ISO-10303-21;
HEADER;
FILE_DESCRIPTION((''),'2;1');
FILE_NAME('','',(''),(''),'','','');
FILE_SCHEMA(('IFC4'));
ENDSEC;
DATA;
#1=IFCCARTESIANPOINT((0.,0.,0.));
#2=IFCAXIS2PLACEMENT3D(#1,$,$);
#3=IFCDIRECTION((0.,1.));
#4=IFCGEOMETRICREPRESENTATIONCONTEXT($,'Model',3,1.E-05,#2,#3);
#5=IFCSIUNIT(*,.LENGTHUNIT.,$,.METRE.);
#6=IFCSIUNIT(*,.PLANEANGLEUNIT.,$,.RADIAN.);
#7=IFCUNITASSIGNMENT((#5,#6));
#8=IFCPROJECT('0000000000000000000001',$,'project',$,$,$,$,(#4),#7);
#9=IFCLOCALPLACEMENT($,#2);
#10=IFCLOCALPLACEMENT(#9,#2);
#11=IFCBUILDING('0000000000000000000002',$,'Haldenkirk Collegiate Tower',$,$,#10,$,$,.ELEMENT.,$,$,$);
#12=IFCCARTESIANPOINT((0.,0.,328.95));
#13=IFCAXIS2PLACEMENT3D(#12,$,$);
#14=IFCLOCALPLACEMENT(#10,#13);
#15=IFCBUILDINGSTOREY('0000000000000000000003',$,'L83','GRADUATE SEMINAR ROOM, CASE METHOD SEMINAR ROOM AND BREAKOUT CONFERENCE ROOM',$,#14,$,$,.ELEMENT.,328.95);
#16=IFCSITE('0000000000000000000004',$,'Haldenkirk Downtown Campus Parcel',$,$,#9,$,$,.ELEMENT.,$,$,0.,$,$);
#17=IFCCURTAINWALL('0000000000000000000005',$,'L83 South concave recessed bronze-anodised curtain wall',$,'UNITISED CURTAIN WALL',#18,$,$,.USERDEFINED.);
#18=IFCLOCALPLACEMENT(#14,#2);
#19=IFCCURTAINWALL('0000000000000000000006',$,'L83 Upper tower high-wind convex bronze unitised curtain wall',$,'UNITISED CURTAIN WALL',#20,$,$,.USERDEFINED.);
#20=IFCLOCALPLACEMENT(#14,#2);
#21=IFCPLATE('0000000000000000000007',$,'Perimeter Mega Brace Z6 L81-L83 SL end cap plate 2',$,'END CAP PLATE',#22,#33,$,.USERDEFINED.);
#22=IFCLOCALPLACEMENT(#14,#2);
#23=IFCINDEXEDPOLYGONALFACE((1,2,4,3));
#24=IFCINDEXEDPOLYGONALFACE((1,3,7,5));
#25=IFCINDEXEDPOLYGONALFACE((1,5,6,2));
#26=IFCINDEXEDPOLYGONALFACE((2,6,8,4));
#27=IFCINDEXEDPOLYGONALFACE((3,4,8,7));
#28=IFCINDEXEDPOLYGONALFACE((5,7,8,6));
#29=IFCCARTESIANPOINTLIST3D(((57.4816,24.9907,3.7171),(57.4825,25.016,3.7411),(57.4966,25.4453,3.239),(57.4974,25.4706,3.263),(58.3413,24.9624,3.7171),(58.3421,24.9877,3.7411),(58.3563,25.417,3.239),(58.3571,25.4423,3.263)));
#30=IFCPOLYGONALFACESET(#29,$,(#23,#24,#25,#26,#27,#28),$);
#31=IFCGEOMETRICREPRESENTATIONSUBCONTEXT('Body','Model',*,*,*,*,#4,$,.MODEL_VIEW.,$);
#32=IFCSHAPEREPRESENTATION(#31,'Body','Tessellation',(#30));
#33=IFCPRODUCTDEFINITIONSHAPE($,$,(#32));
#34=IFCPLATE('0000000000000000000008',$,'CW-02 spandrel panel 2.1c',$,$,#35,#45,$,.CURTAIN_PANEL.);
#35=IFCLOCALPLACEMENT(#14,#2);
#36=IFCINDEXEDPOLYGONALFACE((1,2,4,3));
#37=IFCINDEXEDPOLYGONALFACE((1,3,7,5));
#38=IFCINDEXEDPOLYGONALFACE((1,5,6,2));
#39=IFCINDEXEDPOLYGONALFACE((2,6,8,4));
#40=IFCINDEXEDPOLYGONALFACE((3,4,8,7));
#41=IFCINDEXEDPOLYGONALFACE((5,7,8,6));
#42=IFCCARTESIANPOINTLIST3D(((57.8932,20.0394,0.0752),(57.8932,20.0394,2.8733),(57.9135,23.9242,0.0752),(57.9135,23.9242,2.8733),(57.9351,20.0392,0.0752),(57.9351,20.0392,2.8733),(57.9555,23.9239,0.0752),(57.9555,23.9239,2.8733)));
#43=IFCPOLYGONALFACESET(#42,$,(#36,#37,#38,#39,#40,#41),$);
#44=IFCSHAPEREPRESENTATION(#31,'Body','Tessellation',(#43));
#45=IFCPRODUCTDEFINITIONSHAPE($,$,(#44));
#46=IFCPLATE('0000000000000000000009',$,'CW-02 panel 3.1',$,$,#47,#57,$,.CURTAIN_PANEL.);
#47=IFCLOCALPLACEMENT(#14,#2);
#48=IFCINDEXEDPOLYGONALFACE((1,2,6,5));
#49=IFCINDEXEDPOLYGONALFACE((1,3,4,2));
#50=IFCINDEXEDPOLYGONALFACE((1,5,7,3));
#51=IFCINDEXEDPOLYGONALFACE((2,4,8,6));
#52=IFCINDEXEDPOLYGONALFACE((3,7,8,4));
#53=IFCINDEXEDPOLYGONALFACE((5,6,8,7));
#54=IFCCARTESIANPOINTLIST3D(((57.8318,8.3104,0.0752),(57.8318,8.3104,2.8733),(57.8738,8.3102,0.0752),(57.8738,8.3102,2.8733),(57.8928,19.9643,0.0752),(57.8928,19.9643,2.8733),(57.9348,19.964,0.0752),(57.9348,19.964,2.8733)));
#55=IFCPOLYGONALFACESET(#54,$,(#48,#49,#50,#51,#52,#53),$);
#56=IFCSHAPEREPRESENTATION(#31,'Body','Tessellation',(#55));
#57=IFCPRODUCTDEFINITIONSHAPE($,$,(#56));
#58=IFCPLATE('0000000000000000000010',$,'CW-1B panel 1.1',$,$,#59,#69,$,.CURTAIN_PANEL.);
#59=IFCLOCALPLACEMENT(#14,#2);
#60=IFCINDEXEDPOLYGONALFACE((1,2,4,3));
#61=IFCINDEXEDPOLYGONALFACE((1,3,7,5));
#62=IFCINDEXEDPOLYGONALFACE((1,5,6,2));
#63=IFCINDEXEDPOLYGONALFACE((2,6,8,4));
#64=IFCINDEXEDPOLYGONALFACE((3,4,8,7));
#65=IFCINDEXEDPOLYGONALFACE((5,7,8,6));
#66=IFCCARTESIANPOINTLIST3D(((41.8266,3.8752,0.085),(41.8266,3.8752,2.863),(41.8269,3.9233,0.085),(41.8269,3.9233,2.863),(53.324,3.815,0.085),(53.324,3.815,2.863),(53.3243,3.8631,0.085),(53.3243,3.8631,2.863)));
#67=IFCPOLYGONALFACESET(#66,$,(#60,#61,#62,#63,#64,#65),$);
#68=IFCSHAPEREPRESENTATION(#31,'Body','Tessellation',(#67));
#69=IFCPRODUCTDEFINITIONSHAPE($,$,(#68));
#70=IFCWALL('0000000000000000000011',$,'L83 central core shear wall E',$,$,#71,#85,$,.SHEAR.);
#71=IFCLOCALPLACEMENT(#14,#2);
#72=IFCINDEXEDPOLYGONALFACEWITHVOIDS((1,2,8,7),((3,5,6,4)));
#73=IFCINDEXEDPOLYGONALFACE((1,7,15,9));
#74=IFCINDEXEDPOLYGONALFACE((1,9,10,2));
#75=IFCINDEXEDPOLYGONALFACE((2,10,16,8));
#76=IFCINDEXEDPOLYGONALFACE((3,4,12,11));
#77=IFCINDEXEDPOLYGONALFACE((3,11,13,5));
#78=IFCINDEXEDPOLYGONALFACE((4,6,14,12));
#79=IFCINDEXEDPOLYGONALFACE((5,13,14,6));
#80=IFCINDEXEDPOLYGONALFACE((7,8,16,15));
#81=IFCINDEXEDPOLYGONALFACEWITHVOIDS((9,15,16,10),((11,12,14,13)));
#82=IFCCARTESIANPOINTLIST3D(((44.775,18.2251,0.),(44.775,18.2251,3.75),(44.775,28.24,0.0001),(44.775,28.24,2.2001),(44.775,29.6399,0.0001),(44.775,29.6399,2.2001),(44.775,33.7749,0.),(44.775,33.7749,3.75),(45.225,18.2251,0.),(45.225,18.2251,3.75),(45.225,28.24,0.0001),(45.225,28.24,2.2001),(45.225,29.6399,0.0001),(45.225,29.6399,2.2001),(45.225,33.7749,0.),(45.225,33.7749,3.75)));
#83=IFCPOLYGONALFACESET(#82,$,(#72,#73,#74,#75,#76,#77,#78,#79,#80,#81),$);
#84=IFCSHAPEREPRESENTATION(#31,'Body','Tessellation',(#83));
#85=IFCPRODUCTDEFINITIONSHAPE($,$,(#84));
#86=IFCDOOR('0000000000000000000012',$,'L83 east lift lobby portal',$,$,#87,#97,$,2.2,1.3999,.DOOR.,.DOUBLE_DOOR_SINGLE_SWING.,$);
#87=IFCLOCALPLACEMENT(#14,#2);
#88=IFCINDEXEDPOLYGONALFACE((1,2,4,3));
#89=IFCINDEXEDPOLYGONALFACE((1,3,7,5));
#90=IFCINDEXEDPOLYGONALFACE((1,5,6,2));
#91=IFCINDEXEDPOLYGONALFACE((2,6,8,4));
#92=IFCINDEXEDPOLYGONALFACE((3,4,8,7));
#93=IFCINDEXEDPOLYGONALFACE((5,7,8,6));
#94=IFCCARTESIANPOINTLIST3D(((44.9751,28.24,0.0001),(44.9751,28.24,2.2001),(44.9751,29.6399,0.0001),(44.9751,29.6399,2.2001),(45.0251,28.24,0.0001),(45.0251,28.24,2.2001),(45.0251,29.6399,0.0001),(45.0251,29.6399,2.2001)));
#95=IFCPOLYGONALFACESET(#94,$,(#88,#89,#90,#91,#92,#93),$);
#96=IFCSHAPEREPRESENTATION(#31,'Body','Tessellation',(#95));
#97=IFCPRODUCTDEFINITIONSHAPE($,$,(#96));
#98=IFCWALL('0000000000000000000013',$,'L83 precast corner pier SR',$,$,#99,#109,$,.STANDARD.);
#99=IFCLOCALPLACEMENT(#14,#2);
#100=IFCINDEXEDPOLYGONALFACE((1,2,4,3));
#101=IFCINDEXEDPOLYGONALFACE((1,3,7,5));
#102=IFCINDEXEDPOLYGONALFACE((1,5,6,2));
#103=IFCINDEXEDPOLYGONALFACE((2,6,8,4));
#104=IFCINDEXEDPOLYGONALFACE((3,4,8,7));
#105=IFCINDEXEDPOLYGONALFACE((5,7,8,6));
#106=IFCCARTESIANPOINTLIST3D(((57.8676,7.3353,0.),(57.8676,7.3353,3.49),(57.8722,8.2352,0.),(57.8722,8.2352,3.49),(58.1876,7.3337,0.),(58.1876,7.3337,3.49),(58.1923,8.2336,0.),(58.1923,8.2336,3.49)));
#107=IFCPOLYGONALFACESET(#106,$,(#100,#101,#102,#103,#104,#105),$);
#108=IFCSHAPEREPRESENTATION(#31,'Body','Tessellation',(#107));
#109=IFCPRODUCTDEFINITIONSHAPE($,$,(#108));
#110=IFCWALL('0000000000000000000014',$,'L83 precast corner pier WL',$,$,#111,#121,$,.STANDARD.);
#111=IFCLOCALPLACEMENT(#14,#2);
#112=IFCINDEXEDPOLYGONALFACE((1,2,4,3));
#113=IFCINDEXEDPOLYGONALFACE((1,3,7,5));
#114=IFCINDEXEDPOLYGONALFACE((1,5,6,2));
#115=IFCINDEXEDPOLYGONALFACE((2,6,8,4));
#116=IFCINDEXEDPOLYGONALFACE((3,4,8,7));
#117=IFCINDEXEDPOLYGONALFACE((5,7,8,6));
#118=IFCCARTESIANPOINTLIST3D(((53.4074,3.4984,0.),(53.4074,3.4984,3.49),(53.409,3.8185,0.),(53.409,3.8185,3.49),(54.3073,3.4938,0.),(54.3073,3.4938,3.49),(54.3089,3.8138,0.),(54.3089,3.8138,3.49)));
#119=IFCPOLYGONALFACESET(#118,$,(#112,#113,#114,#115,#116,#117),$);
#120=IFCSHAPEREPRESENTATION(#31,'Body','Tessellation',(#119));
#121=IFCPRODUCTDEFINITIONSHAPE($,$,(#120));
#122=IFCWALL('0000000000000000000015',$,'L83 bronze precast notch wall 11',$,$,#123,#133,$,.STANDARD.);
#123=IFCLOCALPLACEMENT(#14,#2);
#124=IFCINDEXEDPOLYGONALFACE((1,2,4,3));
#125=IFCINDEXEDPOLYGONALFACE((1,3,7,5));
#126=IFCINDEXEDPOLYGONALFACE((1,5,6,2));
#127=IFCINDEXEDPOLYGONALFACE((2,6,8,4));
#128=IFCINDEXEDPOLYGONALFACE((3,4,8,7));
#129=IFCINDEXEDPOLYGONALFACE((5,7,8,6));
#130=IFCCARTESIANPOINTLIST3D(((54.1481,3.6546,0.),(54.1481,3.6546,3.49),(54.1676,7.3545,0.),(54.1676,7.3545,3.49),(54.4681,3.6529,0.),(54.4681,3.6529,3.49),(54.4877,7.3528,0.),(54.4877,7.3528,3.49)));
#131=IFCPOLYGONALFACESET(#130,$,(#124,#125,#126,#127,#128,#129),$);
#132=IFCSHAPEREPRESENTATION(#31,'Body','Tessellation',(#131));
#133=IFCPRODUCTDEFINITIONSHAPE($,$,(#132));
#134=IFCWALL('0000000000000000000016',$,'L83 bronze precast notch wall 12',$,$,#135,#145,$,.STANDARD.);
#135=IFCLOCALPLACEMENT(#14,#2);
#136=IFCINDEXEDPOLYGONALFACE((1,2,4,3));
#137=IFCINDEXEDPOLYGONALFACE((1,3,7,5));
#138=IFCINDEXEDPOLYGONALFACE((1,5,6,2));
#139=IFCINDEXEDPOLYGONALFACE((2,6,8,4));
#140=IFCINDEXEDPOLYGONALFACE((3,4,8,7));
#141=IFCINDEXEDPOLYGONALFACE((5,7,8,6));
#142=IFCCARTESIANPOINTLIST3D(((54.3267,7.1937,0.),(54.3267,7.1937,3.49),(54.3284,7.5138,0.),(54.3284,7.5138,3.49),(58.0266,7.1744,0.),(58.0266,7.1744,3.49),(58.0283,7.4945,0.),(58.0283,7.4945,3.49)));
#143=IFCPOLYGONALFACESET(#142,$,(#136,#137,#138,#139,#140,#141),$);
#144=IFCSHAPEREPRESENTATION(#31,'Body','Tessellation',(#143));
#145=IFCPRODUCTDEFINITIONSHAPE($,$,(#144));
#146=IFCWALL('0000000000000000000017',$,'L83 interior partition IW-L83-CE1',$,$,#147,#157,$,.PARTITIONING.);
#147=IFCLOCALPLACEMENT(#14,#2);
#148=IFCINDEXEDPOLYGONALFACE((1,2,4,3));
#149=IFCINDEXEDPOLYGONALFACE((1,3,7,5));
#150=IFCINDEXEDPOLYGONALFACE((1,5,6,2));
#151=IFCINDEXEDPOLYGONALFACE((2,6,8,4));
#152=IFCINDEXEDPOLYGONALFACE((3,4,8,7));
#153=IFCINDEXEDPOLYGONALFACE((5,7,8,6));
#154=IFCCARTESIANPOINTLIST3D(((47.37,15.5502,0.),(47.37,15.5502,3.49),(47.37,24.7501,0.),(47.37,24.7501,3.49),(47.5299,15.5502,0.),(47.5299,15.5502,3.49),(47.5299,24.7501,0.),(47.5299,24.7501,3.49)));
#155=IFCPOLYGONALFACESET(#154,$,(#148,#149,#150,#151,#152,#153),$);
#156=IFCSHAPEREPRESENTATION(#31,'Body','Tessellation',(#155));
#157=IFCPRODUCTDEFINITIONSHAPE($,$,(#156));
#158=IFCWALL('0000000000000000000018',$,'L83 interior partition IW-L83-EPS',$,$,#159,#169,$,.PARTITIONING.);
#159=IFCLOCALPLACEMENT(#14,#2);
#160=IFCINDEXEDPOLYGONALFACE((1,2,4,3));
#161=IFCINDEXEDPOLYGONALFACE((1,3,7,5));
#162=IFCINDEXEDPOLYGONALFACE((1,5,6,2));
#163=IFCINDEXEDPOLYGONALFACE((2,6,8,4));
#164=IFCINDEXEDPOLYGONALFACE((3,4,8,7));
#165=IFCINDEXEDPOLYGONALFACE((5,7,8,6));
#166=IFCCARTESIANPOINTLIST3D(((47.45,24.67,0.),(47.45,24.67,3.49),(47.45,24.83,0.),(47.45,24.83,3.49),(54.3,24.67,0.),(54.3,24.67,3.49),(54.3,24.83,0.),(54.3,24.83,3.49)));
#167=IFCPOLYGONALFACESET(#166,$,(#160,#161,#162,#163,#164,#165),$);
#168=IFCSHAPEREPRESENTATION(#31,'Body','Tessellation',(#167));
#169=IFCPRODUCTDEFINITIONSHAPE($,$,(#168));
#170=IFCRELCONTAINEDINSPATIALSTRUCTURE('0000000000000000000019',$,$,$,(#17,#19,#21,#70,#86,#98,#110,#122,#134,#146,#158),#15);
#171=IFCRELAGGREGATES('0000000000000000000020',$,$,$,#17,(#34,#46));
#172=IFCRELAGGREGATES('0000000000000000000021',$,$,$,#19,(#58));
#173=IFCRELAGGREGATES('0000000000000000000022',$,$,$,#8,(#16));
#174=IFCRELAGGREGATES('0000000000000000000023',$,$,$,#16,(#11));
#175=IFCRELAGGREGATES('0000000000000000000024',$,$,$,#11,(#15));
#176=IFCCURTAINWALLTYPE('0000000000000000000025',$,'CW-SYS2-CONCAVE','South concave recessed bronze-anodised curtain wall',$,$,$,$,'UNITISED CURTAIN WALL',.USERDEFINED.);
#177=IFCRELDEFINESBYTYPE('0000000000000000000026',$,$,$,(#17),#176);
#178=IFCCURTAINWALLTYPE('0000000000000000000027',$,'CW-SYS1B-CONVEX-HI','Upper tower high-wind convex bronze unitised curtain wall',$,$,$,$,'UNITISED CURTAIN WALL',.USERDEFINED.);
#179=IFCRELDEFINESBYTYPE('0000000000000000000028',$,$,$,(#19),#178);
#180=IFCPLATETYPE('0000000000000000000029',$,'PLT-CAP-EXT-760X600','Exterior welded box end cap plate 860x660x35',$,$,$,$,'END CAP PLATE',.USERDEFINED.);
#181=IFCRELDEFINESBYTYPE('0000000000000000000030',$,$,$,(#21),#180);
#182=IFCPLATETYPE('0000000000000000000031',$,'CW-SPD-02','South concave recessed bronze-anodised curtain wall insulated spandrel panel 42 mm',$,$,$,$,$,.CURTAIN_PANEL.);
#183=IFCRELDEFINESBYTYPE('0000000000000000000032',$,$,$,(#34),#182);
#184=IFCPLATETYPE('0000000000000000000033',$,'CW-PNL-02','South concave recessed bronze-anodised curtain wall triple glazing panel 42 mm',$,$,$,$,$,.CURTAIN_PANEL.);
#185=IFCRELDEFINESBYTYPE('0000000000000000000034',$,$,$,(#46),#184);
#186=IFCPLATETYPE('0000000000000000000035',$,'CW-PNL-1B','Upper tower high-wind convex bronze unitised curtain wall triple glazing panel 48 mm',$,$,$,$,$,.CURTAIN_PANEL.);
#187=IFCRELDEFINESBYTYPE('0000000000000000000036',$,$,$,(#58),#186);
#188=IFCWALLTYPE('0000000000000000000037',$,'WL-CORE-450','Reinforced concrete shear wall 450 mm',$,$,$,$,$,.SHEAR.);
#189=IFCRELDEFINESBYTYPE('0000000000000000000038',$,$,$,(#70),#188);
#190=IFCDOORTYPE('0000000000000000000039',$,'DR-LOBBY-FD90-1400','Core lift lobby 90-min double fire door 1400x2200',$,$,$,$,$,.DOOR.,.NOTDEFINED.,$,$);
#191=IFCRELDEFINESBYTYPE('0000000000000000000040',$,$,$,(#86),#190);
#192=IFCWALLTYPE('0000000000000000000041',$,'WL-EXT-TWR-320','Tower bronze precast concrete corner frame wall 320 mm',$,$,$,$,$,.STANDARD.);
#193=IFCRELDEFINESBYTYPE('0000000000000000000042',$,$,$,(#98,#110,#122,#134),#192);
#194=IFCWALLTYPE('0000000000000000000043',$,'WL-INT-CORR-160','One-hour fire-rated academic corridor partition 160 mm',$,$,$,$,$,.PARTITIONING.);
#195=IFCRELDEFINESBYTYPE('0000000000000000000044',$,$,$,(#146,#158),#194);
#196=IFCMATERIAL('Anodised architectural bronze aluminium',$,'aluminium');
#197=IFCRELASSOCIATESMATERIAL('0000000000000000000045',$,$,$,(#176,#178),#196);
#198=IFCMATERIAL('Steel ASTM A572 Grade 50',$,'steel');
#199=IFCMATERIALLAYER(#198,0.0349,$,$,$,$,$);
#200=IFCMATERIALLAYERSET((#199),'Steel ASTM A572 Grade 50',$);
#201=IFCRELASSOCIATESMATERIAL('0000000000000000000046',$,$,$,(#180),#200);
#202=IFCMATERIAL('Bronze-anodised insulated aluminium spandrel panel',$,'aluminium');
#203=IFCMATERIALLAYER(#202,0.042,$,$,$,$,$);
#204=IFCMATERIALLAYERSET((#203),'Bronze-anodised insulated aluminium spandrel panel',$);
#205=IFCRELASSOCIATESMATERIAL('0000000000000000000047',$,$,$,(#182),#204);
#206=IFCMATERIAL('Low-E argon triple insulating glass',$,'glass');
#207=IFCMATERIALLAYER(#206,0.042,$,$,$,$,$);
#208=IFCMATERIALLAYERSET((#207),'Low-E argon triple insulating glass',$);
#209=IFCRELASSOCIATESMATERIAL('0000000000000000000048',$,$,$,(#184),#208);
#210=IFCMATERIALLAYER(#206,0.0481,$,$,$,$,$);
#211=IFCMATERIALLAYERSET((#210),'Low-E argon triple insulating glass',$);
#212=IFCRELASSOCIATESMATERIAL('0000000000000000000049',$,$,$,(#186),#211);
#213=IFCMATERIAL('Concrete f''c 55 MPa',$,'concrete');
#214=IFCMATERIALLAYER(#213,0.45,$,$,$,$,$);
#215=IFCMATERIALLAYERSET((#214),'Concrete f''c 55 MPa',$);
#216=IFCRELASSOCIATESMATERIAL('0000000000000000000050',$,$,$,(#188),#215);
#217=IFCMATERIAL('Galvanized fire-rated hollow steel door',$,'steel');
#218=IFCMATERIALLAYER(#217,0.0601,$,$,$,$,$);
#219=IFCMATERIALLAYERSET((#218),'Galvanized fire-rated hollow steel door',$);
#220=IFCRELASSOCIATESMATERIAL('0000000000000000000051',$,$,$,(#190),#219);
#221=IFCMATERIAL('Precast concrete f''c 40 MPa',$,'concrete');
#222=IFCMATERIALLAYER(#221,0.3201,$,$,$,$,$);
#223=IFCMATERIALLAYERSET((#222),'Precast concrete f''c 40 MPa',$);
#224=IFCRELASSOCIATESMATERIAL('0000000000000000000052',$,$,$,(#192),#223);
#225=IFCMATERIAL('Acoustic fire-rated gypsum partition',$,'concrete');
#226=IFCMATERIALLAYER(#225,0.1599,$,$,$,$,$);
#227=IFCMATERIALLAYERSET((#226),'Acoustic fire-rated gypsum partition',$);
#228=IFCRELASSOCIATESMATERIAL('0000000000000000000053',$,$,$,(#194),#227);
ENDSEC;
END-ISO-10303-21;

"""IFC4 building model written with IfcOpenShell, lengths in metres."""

from ifc_helpers import new_model, si_unit, direction, frame, frame_2d, origin, origin_2d, place, context, subcontext, project, spatial, rectangle, extrude, source, transform, mapped, material, layer, layer_set, type_object, element, fill, aggregate, save


model = new_model("IFC4")

# Units and contexts
model_context = context("Model", 3, precision=1e-05, world=origin(), true_north=direction((0.0, 1.0)))
body_context = subcontext(model_context, "Body", "Model", "MODEL_VIEW")
ifc_project = project(units=[si_unit("LENGTHUNIT", "METRE"), si_unit("PLANEANGLEUNIT", "RADIAN")], contexts=[model_context])

# Site, building, storey
site_placement = place(None, origin())
site = spatial("IfcSite", under=ifc_project, at=site_placement, Name="Haldenkirk Downtown Campus Parcel", CompositionType="ELEMENT", RefElevation=0.0)
building_placement = place(site_placement, origin())
building = spatial("IfcBuilding", under=site, at=building_placement, Name="Haldenkirk Collegiate Tower", CompositionType="ELEMENT")
storey_placement = place(building_placement, frame((0.0, 0.0, 328.95)))
storey = spatial("IfcBuildingStorey", under=building, at=storey_placement, Name="L83", Description="GRADUATE SEMINAR ROOM, CASE METHOD SEMINAR ROOM AND BREAKOUT CONFERENCE ROOM", CompositionType="ELEMENT", Elevation=328.95)

# Shared definitions
ifc_material_1 = material(Name="Steel ASTM A572 Grade 50", Category="steel")

# Curtain wall
ifc_material_2 = material(Name="Anodised architectural bronze aluminium", Category="aluminium")
curtain_wall_type_1 = type_object("IfcCurtainWallType", Name="CW-SYS2-CONCAVE", Description="South concave recessed bronze-anodised curtain wall", ElementType="UNITISED CURTAIN WALL", PredefinedType="USERDEFINED", material=ifc_material_2)
curtain_wall_1_placement = place(storey_placement, origin())
curtain_wall_1 = element("IfcCurtainWall", 1, at=curtain_wall_1_placement, inside=storey, type_object=curtain_wall_type_1, Name="L83 South concave recessed bronze-anodised curtain wall", ObjectType="UNITISED CURTAIN WALL", PredefinedType="USERDEFINED")

# Curtain wall
curtain_wall_type_2 = type_object("IfcCurtainWallType", Name="CW-SYS1B-CONVEX-HI", Description="Upper tower high-wind convex bronze unitised curtain wall", ElementType="UNITISED CURTAIN WALL", PredefinedType="USERDEFINED", material=ifc_material_2)
curtain_wall_2_placement = place(storey_placement, origin())
curtain_wall_2 = element("IfcCurtainWall", 2, at=curtain_wall_2_placement, inside=storey, type_object=curtain_wall_type_2, Name="L83 Upper tower high-wind convex bronze unitised curtain wall", ObjectType="UNITISED CURTAIN WALL", PredefinedType="USERDEFINED")

# Plates
ifc_layer_1 = layer(ifc_material_1, 0.0349)
ifc_layer_set_1 = layer_set([ifc_layer_1], Name="Steel ASTM A572 Grade 50")
plate_type_1 = type_object("IfcPlateType", Name="PLT-CAP-EXT-760X600", Description="Exterior welded box end cap plate 860x660x35", ElementType="END CAP PLATE", PredefinedType="USERDEFINED", material=ifc_layer_set_1)
shared_shape_1 = source(origin(), body_context, "Body", "SweptSolid", [
    extrude(rectangle(XDim=0.8601, YDim=0.6599, at=origin_2d()), origin(), (0.0, 0.0, 1.0), 0.0349),
])
plate_1_placement = place(storey_placement, frame((57.9189, 25.2039, 3.478), z_axis=(0.023845, 0.724118, 0.689263), x_axis=(-0.999458, 0.032912, 0.0)))
element("IfcPlate", 3, at=plate_1_placement, inside=storey, type_object=plate_type_1, Name="Perimeter Mega Brace Z6 L81-L83 SL end cap plate 2", ObjectType="END CAP PLATE", PredefinedType="USERDEFINED", context=body_context, shape_type="MappedRepresentation", body=[
    mapped(shared_shape_1, transform((0.0, 0.0, 0.0), x_axis=(1.0, 0.0, 0.0), y_axis=(0.0, 1.0, 0.0), z_axis=(0.0, 0.0, 1.0), scale=1.0)),
])
ifc_material_3 = material(Name="Bronze-anodised insulated aluminium spandrel panel", Category="aluminium")
ifc_layer_2 = layer(ifc_material_3, 0.042)
ifc_layer_set_2 = layer_set([ifc_layer_2], Name="Bronze-anodised insulated aluminium spandrel panel")
plate_type_2 = type_object("IfcPlateType", Name="CW-SPD-02", Description="South concave recessed bronze-anodised curtain wall insulated spandrel panel 42 mm", PredefinedType="CURTAIN_PANEL", material=ifc_layer_set_2)
shared_shape_2 = source(origin(), body_context, "Body", "SweptSolid", [
    extrude(rectangle(XDim=3.8848, YDim=0.042, at=origin_2d()), origin(), (0.0, 0.0, 1.0), 2.7981),
])
plate_2_placement = place(storey_placement, frame((57.9243, 21.9817, 0.0752), z_axis=(0.0, 0.0, 1.0), x_axis=(-0.005235, -0.999986, 0.0)))
plate_2 = element("IfcPlate", 4, at=plate_2_placement, type_object=plate_type_2, Name="CW-02 spandrel panel 2.1c", PredefinedType="CURTAIN_PANEL", context=body_context, shape_type="MappedRepresentation", body=[
    mapped(shared_shape_2, transform((0.0, 0.0, 0.0), x_axis=(1.0, 0.0, 0.0), y_axis=(0.0, 1.0, 0.0), z_axis=(0.0, 0.0, 1.0), scale=1.0)),
])
ifc_material_4 = material(Name="Low-E argon triple insulating glass", Category="glass")
ifc_layer_3 = layer(ifc_material_4, 0.042)
ifc_layer_set_3 = layer_set([ifc_layer_3], Name="Low-E argon triple insulating glass")
plate_type_3 = type_object("IfcPlateType", Name="CW-PNL-02", Description="South concave recessed bronze-anodised curtain wall triple glazing panel 42 mm", PredefinedType="CURTAIN_PANEL", material=ifc_layer_set_3)
shared_shape_3 = source(origin(), body_context, "Body", "SweptSolid", [
    extrude(rectangle(XDim=11.6541, YDim=0.042, at=origin_2d()), origin(), (0.0, 0.0, 1.0), 2.7981),
])
plate_3_placement = place(storey_placement, frame((57.8833, 14.1372, 0.0752), z_axis=(0.0, 0.0, 1.0), x_axis=(-0.005235, -0.999986, 0.0)))
plate_3 = element("IfcPlate", 5, at=plate_3_placement, type_object=plate_type_3, Name="CW-02 panel 3.1", PredefinedType="CURTAIN_PANEL", context=body_context, shape_type="MappedRepresentation", body=[
    mapped(shared_shape_3, transform((0.0, 0.0, 0.0), x_axis=(1.0, 0.0, 0.0), y_axis=(0.0, 1.0, 0.0), z_axis=(0.0, 0.0, 1.0), scale=1.0)),
])
aggregate(curtain_wall_1, [plate_2, plate_3])
ifc_layer_4 = layer(ifc_material_4, 0.0481)
ifc_layer_set_4 = layer_set([ifc_layer_4], Name="Low-E argon triple insulating glass")
plate_type_4 = type_object("IfcPlateType", Name="CW-PNL-1B", Description="Upper tower high-wind convex bronze unitised curtain wall triple glazing panel 48 mm", PredefinedType="CURTAIN_PANEL", material=ifc_layer_set_4)
shared_shape_4 = source(origin(), body_context, "Body", "SweptSolid", [
    extrude(rectangle(XDim=11.4976, YDim=0.0481, at=origin_2d()), origin(), (0.0, 0.0, 1.0), 2.7781),
])
plate_4_placement = place(storey_placement, frame((47.5754, 3.8691, 0.085), z_axis=(0.0, 0.0, 1.0), x_axis=(-0.999986, 0.005239, 0.0)))
plate_4 = element("IfcPlate", 6, at=plate_4_placement, type_object=plate_type_4, Name="CW-1B panel 1.1", PredefinedType="CURTAIN_PANEL", context=body_context, shape_type="MappedRepresentation", body=[
    mapped(shared_shape_4, transform((0.0, 0.0, 0.0), x_axis=(1.0, 0.0, 0.0), y_axis=(0.0, 1.0, 0.0), z_axis=(0.0, 0.0, 1.0), scale=1.0)),
])
aggregate(curtain_wall_2, [plate_4])

# Wall, opening, door
ifc_material_5 = material(Name="Concrete f'c 55 MPa", Category="concrete")
ifc_layer_5 = layer(ifc_material_5, 0.45)
ifc_layer_set_5 = layer_set([ifc_layer_5], Name="Concrete f'c 55 MPa")
wall_type_1 = type_object("IfcWallType", Name="WL-CORE-450", Description="Reinforced concrete shear wall 450 mm", PredefinedType="SHEAR", material=ifc_layer_set_5)
wall_1_placement = place(storey_placement, frame((45.0, 18.2251, 0.0), z_axis=(0.0, 0.0, 1.0), x_axis=(0.0, 1.0, 0.0)))
wall_1 = element("IfcWall", 7, at=wall_1_placement, inside=storey, type_object=wall_type_1, Name="L83 central core shear wall E", PredefinedType="SHEAR", context=body_context, shape_type="SweptSolid", body=[
    extrude(rectangle(XDim=15.5498, YDim=0.45, at=frame_2d((7.7749, 0.0))), origin(), (0.0, 0.0, 1.0), 3.75),
])
opening_1_placement = place(wall_1_placement, frame((10.0149, 0.0, 0.0)))
opening_1 = element("IfcOpeningElement", 8, at=opening_1_placement, cuts=wall_1, PredefinedType="OPENING", context=body_context, shape_type="SweptSolid", body=[
    extrude(rectangle(XDim=1.3999, YDim=2.2, at=frame_2d((0.7, 1.1001))), frame((0.0, 0.2349, 0.0), z_axis=(0.0, -1.0, 0.0), x_axis=(1.0, 0.0, 0.0)), (0.0, 0.0, 1.0), 0.47),
])
ifc_material_6 = material(Name="Galvanized fire-rated hollow steel door", Category="steel")
ifc_layer_6 = layer(ifc_material_6, 0.0601)
ifc_layer_set_6 = layer_set([ifc_layer_6], Name="Galvanized fire-rated hollow steel door")
door_type_1 = type_object("IfcDoorType", Name="DR-LOBBY-FD90-1400", Description="Core lift lobby 90-min double fire door 1400x2200", OperationType="NOTDEFINED", PredefinedType="DOOR", material=ifc_layer_set_6)
door_1_placement = place(opening_1_placement, origin())
door_1 = element("IfcDoor", 9, at=door_1_placement, inside=storey, type_object=door_type_1, Name="L83 east lift lobby portal", OperationType="DOUBLE_DOOR_SINGLE_SWING", OverallHeight=2.2, OverallWidth=1.3999, PredefinedType="DOOR", context=body_context, shape_type="SweptSolid", body=[
    extrude(rectangle(XDim=1.3999, YDim=2.2, at=frame_2d((0.7, 1.1001))), frame((0.0, 0.0249, 0.0), z_axis=(0.0, -1.0, 0.0), x_axis=(1.0, 0.0, 0.0)), (0.0, 0.0, 1.0), 0.05),
])
fill(opening_1, door_1)

# Walls
ifc_material_7 = material(Name="Precast concrete f'c 40 MPa", Category="concrete")
ifc_layer_7 = layer(ifc_material_7, 0.3201)
ifc_layer_set_7 = layer_set([ifc_layer_7], Name="Precast concrete f'c 40 MPa")
wall_type_2 = type_object("IfcWallType", Name="WL-EXT-TWR-320", Description="Tower bronze precast concrete corner frame wall 320 mm", PredefinedType="STANDARD", material=ifc_layer_set_7)
for number, where, z_axis, x_axis, name in (
    (10, (58.0322, 8.2344, 0.0), (0.0, 0.0, 1.0), (-0.005155, -0.999987, 0.0), "L83 precast corner pier SR"),
    (11, (54.3081, 3.6538, 0.0), (0.0, 0.0, 1.0), (-0.999987, 0.005155, 0.0), "L83 precast corner pier WL"),
):
    element("IfcWall", number, at=place(storey_placement, frame(where, z_axis=z_axis, x_axis=x_axis)), inside=storey, type_object=wall_type_2, Name=name, PredefinedType="STANDARD", context=body_context, shape_type="SweptSolid", body=[
        extrude(rectangle(XDim=0.8999, YDim=0.3201, at=frame_2d((0.45, 0.0))), origin(), (0.0, 0.0, 1.0), 3.49),
    ])
for number, where, z_axis, x_axis, name in (
    (12, (54.3276, 7.3538, 0.0), (0.0, 0.0, 1.0), (-0.005279, -0.999986, 0.0), "L83 bronze precast notch wall 11"),
    (13, (58.0276, 7.3345, 0.0), (0.0, 0.0, 1.0), (-0.999986, 0.005213, 0.0), "L83 bronze precast notch wall 12"),
):
    element("IfcWall", number, at=place(storey_placement, frame(where, z_axis=z_axis, x_axis=x_axis)), inside=storey, type_object=wall_type_2, Name=name, PredefinedType="STANDARD", context=body_context, shape_type="SweptSolid", body=[
        extrude(rectangle(XDim=3.7, YDim=0.3201, at=frame_2d((1.8501, 0.0))), origin(), (0.0, 0.0, 1.0), 3.49),
    ])
ifc_material_8 = material(Name="Acoustic fire-rated gypsum partition", Category="concrete")
ifc_layer_8 = layer(ifc_material_8, 0.1599)
ifc_layer_set_8 = layer_set([ifc_layer_8], Name="Acoustic fire-rated gypsum partition")
wall_type_3 = type_object("IfcWallType", Name="WL-INT-CORR-160", Description="One-hour fire-rated academic corridor partition 160 mm", PredefinedType="PARTITIONING", material=ifc_layer_set_8)
wall_2_placement = place(storey_placement, frame((47.45, 15.55, 0.0), z_axis=(0.0, 0.0, 1.0), x_axis=(0.0, 1.0, 0.0)))
element("IfcWall", 14, at=wall_2_placement, inside=storey, type_object=wall_type_3, Name="L83 interior partition IW-L83-CE1", PredefinedType="PARTITIONING", context=body_context, shape_type="SweptSolid", body=[
    extrude(rectangle(XDim=9.2, YDim=0.1599, at=frame_2d((4.6001, 0.0))), origin(), (0.0, 0.0, 1.0), 3.49),
])
wall_3_placement = place(storey_placement, frame((47.45, 24.75, 0.0), z_axis=(0.0, 0.0, 1.0), x_axis=(1.0, 0.0, 0.0)))
element("IfcWall", 15, at=wall_3_placement, inside=storey, type_object=wall_type_3, Name="L83 interior partition IW-L83-EPS", PredefinedType="PARTITIONING", context=body_context, shape_type="SweptSolid", body=[
    extrude(rectangle(XDim=6.8501, YDim=0.1599, at=frame_2d((3.425, 0.0))), origin(), (0.0, 0.0, 1.0), 3.49),
])

save(model, "model.ifc")
